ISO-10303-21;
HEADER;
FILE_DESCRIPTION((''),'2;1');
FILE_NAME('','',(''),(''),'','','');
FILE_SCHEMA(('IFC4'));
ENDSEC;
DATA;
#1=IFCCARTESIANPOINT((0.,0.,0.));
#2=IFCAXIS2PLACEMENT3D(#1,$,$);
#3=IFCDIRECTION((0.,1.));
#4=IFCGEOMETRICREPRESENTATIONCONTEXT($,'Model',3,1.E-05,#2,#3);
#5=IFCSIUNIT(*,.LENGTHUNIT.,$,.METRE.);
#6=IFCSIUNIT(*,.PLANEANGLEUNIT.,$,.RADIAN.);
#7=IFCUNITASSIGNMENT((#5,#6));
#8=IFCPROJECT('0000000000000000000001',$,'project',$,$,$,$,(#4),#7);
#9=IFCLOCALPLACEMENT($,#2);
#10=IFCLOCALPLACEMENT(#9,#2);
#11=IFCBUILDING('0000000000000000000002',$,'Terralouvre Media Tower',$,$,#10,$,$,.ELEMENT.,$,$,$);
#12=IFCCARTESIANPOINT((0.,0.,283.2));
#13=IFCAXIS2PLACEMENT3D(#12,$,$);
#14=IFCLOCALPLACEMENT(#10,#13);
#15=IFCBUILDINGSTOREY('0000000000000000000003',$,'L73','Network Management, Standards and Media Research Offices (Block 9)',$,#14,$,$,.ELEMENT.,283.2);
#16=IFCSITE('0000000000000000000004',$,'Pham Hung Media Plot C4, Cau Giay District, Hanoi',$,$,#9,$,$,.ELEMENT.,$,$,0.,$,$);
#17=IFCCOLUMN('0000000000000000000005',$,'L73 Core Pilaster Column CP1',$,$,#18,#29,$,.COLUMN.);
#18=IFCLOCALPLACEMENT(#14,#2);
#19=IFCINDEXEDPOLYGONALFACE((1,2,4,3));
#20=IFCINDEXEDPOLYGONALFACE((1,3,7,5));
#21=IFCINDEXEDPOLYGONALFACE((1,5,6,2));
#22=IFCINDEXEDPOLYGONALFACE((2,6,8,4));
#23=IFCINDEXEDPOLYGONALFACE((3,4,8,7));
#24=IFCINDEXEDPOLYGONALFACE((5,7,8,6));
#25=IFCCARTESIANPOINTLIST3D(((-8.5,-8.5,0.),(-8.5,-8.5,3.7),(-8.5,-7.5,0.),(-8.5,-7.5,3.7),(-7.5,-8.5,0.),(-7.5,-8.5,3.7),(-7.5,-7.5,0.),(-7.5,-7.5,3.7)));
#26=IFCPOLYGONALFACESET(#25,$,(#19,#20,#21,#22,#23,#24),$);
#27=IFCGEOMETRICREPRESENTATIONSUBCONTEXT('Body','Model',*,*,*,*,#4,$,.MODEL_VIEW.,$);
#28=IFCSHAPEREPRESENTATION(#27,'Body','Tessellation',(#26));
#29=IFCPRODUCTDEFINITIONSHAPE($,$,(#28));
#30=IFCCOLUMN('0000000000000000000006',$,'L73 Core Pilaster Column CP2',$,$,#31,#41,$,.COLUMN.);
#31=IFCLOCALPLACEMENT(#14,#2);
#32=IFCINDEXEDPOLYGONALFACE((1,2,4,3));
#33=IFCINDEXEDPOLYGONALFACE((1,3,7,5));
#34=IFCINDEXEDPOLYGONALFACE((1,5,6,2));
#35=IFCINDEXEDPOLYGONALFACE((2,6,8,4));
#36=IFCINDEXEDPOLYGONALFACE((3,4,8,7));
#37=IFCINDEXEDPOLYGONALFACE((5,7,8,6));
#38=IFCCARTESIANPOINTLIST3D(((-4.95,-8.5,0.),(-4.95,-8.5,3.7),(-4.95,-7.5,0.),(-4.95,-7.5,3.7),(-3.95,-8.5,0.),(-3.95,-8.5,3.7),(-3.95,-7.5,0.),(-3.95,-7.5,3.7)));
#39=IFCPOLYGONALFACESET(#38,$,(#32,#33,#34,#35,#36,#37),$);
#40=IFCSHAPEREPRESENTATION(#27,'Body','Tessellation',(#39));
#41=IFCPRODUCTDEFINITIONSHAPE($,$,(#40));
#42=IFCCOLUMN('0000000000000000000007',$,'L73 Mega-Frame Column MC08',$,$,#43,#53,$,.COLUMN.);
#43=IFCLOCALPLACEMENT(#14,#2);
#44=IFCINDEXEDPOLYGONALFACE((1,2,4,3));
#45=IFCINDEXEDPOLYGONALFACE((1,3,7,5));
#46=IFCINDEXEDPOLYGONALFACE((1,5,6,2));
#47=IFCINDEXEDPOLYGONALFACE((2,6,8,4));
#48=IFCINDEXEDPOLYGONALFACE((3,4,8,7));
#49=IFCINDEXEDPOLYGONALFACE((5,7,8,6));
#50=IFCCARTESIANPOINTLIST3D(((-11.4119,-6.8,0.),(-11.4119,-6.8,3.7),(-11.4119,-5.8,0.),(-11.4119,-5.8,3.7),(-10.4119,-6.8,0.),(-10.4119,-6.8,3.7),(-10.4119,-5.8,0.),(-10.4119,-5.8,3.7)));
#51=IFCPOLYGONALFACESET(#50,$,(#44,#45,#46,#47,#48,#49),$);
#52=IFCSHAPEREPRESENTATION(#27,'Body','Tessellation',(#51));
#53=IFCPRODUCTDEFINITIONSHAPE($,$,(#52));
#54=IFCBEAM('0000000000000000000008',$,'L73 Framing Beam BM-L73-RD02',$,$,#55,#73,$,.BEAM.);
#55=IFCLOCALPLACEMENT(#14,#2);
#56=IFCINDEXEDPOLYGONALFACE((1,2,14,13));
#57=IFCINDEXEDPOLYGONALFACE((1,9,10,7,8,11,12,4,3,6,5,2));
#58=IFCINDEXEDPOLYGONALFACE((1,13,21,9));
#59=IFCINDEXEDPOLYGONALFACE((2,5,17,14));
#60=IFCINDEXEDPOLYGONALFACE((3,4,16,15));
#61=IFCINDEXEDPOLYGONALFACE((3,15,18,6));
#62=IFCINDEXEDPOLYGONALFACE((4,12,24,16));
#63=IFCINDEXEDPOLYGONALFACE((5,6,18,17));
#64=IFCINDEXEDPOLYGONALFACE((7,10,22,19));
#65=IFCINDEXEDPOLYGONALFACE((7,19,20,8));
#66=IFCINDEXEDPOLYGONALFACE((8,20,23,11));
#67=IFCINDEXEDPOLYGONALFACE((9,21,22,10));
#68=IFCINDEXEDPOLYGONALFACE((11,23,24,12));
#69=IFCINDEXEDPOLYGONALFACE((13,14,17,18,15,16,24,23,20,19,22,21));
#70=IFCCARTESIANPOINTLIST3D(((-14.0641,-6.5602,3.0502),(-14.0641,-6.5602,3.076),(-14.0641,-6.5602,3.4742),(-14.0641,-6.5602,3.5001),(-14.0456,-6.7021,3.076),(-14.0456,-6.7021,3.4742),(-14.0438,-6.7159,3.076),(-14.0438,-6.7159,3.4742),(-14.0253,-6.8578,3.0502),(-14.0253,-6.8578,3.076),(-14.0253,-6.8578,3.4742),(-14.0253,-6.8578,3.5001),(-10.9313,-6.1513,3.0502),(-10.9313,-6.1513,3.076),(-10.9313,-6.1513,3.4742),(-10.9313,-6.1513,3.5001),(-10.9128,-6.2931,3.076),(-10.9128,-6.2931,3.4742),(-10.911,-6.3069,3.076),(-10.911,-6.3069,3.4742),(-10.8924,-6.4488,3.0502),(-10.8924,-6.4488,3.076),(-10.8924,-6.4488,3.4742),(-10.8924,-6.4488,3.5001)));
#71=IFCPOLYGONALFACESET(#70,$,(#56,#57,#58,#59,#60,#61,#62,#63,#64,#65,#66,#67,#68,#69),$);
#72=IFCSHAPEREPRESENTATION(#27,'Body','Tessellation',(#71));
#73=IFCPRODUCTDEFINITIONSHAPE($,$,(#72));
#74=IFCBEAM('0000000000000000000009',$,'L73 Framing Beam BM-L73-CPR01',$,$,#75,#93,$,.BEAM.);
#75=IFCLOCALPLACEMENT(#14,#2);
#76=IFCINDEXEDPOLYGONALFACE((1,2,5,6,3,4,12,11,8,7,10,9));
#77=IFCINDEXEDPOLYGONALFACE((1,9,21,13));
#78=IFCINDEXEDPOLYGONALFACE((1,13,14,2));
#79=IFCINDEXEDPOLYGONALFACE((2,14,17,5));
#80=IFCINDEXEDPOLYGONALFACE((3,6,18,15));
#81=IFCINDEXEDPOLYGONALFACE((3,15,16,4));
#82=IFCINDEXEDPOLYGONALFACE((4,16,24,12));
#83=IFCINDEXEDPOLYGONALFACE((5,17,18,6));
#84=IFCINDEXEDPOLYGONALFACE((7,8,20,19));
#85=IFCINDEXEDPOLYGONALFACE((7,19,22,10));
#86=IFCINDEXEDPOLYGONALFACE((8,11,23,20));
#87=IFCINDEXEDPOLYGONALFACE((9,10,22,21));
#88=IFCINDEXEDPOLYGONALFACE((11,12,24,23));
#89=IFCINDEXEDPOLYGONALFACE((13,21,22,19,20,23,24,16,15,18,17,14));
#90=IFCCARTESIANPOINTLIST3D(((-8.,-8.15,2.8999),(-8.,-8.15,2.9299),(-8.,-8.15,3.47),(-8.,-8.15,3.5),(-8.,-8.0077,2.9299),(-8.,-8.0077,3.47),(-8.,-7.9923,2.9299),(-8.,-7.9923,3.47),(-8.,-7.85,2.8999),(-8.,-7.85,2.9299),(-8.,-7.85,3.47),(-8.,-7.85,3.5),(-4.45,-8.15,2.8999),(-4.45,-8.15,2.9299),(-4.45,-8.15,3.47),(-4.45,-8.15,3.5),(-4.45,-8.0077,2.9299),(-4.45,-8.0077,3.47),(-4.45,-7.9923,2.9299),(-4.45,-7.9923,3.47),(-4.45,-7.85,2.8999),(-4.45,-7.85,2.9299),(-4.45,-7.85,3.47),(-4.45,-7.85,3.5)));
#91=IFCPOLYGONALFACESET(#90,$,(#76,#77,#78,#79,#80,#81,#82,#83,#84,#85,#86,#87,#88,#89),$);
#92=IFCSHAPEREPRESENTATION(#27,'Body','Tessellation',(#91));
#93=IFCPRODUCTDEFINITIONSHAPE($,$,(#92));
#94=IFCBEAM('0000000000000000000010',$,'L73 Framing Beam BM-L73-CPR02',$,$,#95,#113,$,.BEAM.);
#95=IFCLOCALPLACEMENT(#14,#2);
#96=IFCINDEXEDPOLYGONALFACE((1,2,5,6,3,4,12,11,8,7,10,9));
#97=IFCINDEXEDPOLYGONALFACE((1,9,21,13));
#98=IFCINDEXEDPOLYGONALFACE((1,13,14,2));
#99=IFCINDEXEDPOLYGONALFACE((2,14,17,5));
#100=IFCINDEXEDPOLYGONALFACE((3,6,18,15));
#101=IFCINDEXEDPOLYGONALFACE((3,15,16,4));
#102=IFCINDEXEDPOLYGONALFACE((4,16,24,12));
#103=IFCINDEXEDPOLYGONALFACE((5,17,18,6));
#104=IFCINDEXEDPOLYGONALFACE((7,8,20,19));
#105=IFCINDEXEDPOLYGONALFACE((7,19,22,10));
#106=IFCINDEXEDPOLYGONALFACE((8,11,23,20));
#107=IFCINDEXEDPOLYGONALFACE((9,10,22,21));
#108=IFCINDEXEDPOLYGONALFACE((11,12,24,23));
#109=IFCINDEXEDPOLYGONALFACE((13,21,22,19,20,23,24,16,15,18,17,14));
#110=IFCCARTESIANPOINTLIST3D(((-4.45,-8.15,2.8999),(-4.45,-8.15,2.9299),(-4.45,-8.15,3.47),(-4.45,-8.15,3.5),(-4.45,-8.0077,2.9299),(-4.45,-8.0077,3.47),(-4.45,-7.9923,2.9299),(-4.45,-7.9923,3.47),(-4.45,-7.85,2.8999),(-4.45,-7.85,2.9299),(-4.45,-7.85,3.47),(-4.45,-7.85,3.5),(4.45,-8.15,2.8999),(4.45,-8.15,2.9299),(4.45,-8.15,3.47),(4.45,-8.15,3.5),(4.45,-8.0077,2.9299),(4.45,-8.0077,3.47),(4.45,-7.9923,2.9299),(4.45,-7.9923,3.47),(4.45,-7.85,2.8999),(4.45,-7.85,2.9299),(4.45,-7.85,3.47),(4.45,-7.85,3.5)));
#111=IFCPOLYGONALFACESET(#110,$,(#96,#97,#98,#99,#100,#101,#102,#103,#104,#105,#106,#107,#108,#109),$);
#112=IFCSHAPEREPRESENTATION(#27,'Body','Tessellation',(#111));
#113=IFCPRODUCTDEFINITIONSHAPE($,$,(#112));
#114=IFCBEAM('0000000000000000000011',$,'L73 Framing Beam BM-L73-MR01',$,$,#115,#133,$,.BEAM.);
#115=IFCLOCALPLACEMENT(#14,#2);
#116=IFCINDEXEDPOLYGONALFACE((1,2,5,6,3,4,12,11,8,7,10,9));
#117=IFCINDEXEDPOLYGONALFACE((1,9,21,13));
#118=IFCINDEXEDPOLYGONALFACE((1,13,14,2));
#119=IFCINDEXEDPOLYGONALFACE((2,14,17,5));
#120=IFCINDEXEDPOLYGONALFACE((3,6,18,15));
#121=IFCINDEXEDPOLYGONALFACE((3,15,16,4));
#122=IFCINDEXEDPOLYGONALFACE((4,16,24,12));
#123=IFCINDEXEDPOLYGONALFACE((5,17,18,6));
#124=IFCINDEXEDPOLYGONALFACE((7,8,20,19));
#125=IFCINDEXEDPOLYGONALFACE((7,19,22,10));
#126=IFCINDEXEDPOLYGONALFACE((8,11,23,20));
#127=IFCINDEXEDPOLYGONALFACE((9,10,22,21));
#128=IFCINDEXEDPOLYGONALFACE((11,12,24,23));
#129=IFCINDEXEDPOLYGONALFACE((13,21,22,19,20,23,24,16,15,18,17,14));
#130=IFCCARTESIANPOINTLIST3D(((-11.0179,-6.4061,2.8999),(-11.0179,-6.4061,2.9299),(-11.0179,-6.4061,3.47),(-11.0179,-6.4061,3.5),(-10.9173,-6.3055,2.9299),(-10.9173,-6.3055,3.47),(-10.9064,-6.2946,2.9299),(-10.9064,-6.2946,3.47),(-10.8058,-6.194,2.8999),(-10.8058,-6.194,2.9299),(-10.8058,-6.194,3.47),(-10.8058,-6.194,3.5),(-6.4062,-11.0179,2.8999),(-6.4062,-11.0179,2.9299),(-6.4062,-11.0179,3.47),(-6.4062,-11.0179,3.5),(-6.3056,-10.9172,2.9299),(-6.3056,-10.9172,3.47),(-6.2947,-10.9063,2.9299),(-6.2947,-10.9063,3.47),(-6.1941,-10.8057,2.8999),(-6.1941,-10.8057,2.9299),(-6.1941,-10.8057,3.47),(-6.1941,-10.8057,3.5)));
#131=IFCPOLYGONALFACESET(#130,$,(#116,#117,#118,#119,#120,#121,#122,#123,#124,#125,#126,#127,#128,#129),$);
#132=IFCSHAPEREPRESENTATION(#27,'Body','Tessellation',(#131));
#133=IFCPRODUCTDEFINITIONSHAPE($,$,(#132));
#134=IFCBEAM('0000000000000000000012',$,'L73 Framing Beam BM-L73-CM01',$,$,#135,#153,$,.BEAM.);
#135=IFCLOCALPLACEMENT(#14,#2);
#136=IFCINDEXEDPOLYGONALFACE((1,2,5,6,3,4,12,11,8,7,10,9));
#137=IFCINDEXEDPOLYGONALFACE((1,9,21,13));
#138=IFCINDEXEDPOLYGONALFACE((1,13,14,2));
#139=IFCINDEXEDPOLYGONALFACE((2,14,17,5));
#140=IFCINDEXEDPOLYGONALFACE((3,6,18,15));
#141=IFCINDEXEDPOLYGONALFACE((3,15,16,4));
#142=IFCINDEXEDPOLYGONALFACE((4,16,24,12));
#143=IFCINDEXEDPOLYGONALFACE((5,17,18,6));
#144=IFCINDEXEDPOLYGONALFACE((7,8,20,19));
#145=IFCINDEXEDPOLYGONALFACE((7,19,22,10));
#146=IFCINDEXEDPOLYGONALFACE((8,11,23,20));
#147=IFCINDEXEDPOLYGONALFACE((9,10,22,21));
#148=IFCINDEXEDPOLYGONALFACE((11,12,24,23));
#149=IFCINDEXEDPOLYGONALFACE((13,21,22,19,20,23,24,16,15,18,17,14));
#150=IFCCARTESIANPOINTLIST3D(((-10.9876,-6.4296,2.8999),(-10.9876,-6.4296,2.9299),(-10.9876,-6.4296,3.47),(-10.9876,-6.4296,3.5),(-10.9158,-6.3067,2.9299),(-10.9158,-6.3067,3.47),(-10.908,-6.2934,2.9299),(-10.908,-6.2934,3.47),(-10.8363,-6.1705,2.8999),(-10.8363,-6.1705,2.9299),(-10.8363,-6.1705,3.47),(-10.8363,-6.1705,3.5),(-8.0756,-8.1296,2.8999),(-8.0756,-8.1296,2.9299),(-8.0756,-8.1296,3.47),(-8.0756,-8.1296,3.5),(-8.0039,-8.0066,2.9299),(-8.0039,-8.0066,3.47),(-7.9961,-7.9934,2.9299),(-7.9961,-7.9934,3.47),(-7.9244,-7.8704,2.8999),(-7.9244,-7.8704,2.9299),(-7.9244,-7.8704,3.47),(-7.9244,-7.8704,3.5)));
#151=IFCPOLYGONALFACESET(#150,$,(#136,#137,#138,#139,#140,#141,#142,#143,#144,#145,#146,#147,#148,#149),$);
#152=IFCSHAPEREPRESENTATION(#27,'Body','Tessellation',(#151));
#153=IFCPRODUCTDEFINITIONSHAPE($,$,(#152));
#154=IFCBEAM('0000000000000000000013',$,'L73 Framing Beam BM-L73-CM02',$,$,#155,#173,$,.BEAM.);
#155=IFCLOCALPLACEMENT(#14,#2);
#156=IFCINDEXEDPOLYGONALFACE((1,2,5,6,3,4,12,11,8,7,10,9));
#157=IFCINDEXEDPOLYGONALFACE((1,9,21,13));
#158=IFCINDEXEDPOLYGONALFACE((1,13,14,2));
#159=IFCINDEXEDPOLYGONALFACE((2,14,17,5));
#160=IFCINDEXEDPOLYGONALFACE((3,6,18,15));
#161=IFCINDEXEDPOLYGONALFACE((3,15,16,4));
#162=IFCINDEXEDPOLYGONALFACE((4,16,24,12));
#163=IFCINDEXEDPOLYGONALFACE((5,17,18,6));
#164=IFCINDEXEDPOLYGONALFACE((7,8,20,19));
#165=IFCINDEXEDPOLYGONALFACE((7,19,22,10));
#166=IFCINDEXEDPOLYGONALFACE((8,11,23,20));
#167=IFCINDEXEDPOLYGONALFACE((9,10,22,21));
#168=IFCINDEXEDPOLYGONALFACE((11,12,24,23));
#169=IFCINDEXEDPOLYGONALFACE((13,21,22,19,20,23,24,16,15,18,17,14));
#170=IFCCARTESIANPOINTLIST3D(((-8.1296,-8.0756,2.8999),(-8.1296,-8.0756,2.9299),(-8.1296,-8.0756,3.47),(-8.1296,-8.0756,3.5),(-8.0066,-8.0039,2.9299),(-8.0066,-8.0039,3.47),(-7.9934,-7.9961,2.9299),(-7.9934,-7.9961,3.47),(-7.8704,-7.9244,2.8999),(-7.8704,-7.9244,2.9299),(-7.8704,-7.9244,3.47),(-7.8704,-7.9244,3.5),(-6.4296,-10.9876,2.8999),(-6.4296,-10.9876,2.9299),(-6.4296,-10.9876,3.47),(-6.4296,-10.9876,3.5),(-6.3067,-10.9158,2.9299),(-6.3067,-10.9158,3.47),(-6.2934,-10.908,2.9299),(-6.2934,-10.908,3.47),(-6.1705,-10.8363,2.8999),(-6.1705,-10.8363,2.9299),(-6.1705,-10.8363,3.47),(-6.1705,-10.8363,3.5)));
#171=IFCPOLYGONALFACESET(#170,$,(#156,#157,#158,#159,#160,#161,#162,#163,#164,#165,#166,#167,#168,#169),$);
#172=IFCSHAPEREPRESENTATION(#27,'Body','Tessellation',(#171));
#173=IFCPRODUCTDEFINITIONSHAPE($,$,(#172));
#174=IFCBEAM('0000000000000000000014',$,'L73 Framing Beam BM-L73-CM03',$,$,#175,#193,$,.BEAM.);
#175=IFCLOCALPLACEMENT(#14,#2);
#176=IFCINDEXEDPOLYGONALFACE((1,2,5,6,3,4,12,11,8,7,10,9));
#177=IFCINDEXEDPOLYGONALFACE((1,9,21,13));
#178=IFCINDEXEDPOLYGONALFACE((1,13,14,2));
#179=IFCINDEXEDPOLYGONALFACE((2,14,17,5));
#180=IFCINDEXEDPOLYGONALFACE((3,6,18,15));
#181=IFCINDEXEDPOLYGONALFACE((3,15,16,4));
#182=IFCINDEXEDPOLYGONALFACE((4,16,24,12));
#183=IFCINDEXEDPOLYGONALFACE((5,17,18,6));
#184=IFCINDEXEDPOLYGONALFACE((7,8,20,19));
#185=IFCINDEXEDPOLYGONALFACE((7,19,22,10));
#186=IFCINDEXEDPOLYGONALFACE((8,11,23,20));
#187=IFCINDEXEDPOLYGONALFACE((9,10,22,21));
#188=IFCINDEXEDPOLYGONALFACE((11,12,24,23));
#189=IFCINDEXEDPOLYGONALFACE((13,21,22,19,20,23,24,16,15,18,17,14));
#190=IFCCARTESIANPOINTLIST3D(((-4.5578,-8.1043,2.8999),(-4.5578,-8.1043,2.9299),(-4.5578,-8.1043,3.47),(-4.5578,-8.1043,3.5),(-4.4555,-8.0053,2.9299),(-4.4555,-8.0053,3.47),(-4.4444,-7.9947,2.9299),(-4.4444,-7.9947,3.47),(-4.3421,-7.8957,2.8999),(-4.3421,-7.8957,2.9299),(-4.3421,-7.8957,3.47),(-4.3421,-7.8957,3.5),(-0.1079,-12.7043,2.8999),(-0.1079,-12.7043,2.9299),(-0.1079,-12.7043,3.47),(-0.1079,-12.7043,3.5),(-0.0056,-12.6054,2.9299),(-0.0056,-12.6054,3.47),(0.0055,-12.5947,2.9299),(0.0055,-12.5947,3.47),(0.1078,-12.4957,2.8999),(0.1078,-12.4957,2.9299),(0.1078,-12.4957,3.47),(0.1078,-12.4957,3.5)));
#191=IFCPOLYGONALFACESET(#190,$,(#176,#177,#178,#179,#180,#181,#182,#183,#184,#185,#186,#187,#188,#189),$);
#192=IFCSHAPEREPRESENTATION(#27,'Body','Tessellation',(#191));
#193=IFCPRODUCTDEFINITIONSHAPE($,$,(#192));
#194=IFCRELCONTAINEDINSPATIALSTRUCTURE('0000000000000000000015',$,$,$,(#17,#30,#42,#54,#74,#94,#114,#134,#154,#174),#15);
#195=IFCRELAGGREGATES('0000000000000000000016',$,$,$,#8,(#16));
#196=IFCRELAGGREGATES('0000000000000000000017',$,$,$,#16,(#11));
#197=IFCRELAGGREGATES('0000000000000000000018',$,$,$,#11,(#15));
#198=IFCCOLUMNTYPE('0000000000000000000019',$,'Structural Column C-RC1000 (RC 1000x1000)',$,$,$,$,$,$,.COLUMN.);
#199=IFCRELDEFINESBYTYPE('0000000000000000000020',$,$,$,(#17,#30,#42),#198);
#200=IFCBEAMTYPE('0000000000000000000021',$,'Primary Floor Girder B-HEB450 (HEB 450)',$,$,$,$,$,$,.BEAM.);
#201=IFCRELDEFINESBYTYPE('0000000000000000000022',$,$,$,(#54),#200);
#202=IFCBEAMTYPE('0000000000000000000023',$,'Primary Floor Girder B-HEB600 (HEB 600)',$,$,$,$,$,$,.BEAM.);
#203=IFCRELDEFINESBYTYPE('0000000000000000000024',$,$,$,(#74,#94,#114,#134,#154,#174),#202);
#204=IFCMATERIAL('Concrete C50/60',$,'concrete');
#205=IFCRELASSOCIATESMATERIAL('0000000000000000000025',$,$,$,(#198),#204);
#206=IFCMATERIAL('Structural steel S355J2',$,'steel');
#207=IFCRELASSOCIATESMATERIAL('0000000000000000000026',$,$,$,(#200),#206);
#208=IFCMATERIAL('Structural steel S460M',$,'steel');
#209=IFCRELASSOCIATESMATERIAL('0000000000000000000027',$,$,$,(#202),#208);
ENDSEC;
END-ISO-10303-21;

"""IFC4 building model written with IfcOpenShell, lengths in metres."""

from ifc_helpers import new_model, si_unit, direction, frame, origin, origin_2d, place, context, subcontext, project, spatial, rectangle, i_section, extrude, material, material_profile, profile_set, type_object, element, save


model = new_model("IFC4")

# Units and contexts
model_context = context("Model", 3, precision=1e-05, world=origin(), true_north=direction((0.0, 1.0)))
body_context = subcontext(model_context, "Body", "Model", "MODEL_VIEW")
ifc_project = project(units=[si_unit("LENGTHUNIT", "METRE"), si_unit("PLANEANGLEUNIT", "RADIAN")], contexts=[model_context])

# Site, building, storey
site_placement = place(None, origin())
site = spatial("IfcSite", under=ifc_project, at=site_placement, Name="Pham Hung Media Plot C4, Cau Giay District, Hanoi", CompositionType="ELEMENT", RefElevation=0.0)
building_placement = place(site_placement, origin())
building = spatial("IfcBuilding", under=site, at=building_placement, Name="Terralouvre Media Tower", CompositionType="ELEMENT")
storey_placement = place(building_placement, frame((0.0, 0.0, 283.2)))
storey = spatial("IfcBuildingStorey", under=building, at=storey_placement, Name="L73", Description="Network Management, Standards and Media Research Offices (Block 9)", CompositionType="ELEMENT", Elevation=283.2)

# Columns
ifc_material_1 = material(Name="Concrete C50/60", Category="concrete")
ifc_material_profile_1 = material_profile(ifc_material_1, rectangle(XDim=1.0, YDim=1.0, at=origin_2d()), Name="RC 1000x1000")
ifc_profile_set_1 = profile_set([ifc_material_profile_1], Name="Concrete C50/60")
column_type = type_object("IfcColumnType", Name="Structural Column C-RC1000 (RC 1000x1000)", PredefinedType="COLUMN", material=ifc_profile_set_1)
for number, where, z_axis, x_axis, name in (
    (1, (-8.0, -8.0, 0.0), (0.0, 0.0, 1.0), (1.0, 0.0, 0.0), "L73 Core Pilaster Column CP1"),
    (2, (-4.45, -8.0, 0.0), (0.0, 0.0, 1.0), (1.0, 0.0, 0.0), "L73 Core Pilaster Column CP2"),
    (3, (-10.9119, -6.3, 0.0), (0.0, 0.0, 1.0), (1.0, 0.0, 0.0), "L73 Mega-Frame Column MC08"),
):
    element("IfcColumn", number, at=place(storey_placement, frame(where, z_axis=z_axis, x_axis=x_axis)), inside=storey, type_object=column_type, Name=name, PredefinedType="COLUMN", context=body_context, shape_type="SweptSolid", body=[
        extrude(rectangle(XDim=1.0, YDim=1.0, at=origin_2d()), origin(), (0.0, 0.0, 1.0), 3.7),
    ])

# Beams
ifc_material_2 = material(Name="Structural steel S355J2", Category="steel")
ifc_material_profile_2 = material_profile(ifc_material_2, i_section(OverallWidth=0.3, OverallDepth=0.45, WebThickness=0.0139, FlangeThickness=0.0259, at=origin_2d()), Name="HEB 450")
ifc_profile_set_2 = profile_set([ifc_material_profile_2], Name="Structural steel S355J2")
beam_type_1 = type_object("IfcBeamType", Name="Primary Floor Girder B-HEB450 (HEB 450)", PredefinedType="BEAM", material=ifc_profile_set_2)
beam_1_placement = place(storey_placement, frame((-10.9119, -6.3, 3.2751), z_axis=(-0.991588, -0.129435, 0.0), x_axis=(0.129435, -0.991588, 0.0)))
element("IfcBeam", 4, at=beam_1_placement, inside=storey, type_object=beam_type_1, Name="L73 Framing Beam BM-L73-RD02", PredefinedType="BEAM", context=body_context, shape_type="SweptSolid", body=[
    extrude(i_section(OverallWidth=0.3, OverallDepth=0.45, WebThickness=0.0139, FlangeThickness=0.0259, at=origin_2d()), origin(), (0.0, 0.0, 1.0), 3.1594),
])
ifc_material_3 = material(Name="Structural steel S460M", Category="steel")
ifc_material_profile_3 = material_profile(ifc_material_3, i_section(OverallWidth=0.3, OverallDepth=0.6001, WebThickness=0.0154, FlangeThickness=0.03, at=origin_2d()), Name="HEB 600")
ifc_profile_set_3 = profile_set([ifc_material_profile_3], Name="Structural steel S460M")
beam_type_2 = type_object("IfcBeamType", Name="Primary Floor Girder B-HEB600 (HEB 600)", PredefinedType="BEAM", material=ifc_profile_set_3)
beam_2_placement = place(storey_placement, frame((-8.0, -8.0, 3.2), z_axis=(1.0, 0.0, 0.0), x_axis=(0.0, 1.0, 0.0)))
element("IfcBeam", 5, at=beam_2_placement, inside=storey, type_object=beam_type_2, Name="L73 Framing Beam BM-L73-CPR01", PredefinedType="BEAM", context=body_context, shape_type="SweptSolid", body=[
    extrude(i_section(OverallWidth=0.3, OverallDepth=0.6001, WebThickness=0.0154, FlangeThickness=0.03, at=origin_2d()), origin(), (0.0, 0.0, 1.0), 3.55),
])
beam_3_placement = place(storey_placement, frame((-4.45, -8.0, 3.2), z_axis=(1.0, 0.0, 0.0), x_axis=(0.0, 1.0, 0.0)))
element("IfcBeam", 6, at=beam_3_placement, inside=storey, type_object=beam_type_2, Name="L73 Framing Beam BM-L73-CPR02", PredefinedType="BEAM", context=body_context, shape_type="SweptSolid", body=[
    extrude(i_section(OverallWidth=0.3, OverallDepth=0.6001, WebThickness=0.0154, FlangeThickness=0.03, at=origin_2d()), origin(), (0.0, 0.0, 1.0), 8.8999),
])
beam_4_placement = place(storey_placement, frame((-10.9119, -6.3, 3.2), z_axis=(0.707107, -0.707107, 0.0), x_axis=(0.707107, 0.707107, 0.0)))
element("IfcBeam", 7, at=beam_4_placement, inside=storey, type_object=beam_type_2, Name="L73 Framing Beam BM-L73-MR01", PredefinedType="BEAM", context=body_context, shape_type="SweptSolid", body=[
    extrude(i_section(OverallWidth=0.3, OverallDepth=0.6001, WebThickness=0.0154, FlangeThickness=0.03, at=origin_2d()), origin(), (0.0, 0.0, 1.0), 6.522),
])
for number, where, z_axis, x_axis, name in (
    (8, (-8.0, -8.0, 3.2), (-0.863603, 0.504173, 0.0), (-0.504173, -0.863603, 0.0), "L73 Framing Beam BM-L73-CM01"),
    (9, (-8.0, -8.0, 3.2), (0.504173, -0.863603, 0.0), (0.863603, 0.504173, 0.0), "L73 Framing Beam BM-L73-CM02"),
):
    element("IfcBeam", number, at=place(storey_placement, frame(where, z_axis=z_axis, x_axis=x_axis)), inside=storey, type_object=beam_type_2, Name=name, PredefinedType="BEAM", context=body_context, shape_type="SweptSolid", body=[
        extrude(i_section(OverallWidth=0.3, OverallDepth=0.6001, WebThickness=0.0154, FlangeThickness=0.03, at=origin_2d()), origin(), (0.0, 0.0, 1.0), 3.3718),
    ])
beam_5_placement = place(storey_placement, frame((-4.45, -8.0, 3.2), z_axis=(0.69528, -0.718739, 0.0), x_axis=(0.718739, 0.69528, 0.0)))
element("IfcBeam", 10, at=beam_5_placement, inside=storey, type_object=beam_type_2, Name="L73 Framing Beam BM-L73-CM03", PredefinedType="BEAM", context=body_context, shape_type="SweptSolid", body=[
    extrude(i_section(OverallWidth=0.3, OverallDepth=0.6001, WebThickness=0.0154, FlangeThickness=0.03, at=origin_2d()), origin(), (0.0, 0.0, 1.0), 6.4001),
])

save(model, "model.ifc")
